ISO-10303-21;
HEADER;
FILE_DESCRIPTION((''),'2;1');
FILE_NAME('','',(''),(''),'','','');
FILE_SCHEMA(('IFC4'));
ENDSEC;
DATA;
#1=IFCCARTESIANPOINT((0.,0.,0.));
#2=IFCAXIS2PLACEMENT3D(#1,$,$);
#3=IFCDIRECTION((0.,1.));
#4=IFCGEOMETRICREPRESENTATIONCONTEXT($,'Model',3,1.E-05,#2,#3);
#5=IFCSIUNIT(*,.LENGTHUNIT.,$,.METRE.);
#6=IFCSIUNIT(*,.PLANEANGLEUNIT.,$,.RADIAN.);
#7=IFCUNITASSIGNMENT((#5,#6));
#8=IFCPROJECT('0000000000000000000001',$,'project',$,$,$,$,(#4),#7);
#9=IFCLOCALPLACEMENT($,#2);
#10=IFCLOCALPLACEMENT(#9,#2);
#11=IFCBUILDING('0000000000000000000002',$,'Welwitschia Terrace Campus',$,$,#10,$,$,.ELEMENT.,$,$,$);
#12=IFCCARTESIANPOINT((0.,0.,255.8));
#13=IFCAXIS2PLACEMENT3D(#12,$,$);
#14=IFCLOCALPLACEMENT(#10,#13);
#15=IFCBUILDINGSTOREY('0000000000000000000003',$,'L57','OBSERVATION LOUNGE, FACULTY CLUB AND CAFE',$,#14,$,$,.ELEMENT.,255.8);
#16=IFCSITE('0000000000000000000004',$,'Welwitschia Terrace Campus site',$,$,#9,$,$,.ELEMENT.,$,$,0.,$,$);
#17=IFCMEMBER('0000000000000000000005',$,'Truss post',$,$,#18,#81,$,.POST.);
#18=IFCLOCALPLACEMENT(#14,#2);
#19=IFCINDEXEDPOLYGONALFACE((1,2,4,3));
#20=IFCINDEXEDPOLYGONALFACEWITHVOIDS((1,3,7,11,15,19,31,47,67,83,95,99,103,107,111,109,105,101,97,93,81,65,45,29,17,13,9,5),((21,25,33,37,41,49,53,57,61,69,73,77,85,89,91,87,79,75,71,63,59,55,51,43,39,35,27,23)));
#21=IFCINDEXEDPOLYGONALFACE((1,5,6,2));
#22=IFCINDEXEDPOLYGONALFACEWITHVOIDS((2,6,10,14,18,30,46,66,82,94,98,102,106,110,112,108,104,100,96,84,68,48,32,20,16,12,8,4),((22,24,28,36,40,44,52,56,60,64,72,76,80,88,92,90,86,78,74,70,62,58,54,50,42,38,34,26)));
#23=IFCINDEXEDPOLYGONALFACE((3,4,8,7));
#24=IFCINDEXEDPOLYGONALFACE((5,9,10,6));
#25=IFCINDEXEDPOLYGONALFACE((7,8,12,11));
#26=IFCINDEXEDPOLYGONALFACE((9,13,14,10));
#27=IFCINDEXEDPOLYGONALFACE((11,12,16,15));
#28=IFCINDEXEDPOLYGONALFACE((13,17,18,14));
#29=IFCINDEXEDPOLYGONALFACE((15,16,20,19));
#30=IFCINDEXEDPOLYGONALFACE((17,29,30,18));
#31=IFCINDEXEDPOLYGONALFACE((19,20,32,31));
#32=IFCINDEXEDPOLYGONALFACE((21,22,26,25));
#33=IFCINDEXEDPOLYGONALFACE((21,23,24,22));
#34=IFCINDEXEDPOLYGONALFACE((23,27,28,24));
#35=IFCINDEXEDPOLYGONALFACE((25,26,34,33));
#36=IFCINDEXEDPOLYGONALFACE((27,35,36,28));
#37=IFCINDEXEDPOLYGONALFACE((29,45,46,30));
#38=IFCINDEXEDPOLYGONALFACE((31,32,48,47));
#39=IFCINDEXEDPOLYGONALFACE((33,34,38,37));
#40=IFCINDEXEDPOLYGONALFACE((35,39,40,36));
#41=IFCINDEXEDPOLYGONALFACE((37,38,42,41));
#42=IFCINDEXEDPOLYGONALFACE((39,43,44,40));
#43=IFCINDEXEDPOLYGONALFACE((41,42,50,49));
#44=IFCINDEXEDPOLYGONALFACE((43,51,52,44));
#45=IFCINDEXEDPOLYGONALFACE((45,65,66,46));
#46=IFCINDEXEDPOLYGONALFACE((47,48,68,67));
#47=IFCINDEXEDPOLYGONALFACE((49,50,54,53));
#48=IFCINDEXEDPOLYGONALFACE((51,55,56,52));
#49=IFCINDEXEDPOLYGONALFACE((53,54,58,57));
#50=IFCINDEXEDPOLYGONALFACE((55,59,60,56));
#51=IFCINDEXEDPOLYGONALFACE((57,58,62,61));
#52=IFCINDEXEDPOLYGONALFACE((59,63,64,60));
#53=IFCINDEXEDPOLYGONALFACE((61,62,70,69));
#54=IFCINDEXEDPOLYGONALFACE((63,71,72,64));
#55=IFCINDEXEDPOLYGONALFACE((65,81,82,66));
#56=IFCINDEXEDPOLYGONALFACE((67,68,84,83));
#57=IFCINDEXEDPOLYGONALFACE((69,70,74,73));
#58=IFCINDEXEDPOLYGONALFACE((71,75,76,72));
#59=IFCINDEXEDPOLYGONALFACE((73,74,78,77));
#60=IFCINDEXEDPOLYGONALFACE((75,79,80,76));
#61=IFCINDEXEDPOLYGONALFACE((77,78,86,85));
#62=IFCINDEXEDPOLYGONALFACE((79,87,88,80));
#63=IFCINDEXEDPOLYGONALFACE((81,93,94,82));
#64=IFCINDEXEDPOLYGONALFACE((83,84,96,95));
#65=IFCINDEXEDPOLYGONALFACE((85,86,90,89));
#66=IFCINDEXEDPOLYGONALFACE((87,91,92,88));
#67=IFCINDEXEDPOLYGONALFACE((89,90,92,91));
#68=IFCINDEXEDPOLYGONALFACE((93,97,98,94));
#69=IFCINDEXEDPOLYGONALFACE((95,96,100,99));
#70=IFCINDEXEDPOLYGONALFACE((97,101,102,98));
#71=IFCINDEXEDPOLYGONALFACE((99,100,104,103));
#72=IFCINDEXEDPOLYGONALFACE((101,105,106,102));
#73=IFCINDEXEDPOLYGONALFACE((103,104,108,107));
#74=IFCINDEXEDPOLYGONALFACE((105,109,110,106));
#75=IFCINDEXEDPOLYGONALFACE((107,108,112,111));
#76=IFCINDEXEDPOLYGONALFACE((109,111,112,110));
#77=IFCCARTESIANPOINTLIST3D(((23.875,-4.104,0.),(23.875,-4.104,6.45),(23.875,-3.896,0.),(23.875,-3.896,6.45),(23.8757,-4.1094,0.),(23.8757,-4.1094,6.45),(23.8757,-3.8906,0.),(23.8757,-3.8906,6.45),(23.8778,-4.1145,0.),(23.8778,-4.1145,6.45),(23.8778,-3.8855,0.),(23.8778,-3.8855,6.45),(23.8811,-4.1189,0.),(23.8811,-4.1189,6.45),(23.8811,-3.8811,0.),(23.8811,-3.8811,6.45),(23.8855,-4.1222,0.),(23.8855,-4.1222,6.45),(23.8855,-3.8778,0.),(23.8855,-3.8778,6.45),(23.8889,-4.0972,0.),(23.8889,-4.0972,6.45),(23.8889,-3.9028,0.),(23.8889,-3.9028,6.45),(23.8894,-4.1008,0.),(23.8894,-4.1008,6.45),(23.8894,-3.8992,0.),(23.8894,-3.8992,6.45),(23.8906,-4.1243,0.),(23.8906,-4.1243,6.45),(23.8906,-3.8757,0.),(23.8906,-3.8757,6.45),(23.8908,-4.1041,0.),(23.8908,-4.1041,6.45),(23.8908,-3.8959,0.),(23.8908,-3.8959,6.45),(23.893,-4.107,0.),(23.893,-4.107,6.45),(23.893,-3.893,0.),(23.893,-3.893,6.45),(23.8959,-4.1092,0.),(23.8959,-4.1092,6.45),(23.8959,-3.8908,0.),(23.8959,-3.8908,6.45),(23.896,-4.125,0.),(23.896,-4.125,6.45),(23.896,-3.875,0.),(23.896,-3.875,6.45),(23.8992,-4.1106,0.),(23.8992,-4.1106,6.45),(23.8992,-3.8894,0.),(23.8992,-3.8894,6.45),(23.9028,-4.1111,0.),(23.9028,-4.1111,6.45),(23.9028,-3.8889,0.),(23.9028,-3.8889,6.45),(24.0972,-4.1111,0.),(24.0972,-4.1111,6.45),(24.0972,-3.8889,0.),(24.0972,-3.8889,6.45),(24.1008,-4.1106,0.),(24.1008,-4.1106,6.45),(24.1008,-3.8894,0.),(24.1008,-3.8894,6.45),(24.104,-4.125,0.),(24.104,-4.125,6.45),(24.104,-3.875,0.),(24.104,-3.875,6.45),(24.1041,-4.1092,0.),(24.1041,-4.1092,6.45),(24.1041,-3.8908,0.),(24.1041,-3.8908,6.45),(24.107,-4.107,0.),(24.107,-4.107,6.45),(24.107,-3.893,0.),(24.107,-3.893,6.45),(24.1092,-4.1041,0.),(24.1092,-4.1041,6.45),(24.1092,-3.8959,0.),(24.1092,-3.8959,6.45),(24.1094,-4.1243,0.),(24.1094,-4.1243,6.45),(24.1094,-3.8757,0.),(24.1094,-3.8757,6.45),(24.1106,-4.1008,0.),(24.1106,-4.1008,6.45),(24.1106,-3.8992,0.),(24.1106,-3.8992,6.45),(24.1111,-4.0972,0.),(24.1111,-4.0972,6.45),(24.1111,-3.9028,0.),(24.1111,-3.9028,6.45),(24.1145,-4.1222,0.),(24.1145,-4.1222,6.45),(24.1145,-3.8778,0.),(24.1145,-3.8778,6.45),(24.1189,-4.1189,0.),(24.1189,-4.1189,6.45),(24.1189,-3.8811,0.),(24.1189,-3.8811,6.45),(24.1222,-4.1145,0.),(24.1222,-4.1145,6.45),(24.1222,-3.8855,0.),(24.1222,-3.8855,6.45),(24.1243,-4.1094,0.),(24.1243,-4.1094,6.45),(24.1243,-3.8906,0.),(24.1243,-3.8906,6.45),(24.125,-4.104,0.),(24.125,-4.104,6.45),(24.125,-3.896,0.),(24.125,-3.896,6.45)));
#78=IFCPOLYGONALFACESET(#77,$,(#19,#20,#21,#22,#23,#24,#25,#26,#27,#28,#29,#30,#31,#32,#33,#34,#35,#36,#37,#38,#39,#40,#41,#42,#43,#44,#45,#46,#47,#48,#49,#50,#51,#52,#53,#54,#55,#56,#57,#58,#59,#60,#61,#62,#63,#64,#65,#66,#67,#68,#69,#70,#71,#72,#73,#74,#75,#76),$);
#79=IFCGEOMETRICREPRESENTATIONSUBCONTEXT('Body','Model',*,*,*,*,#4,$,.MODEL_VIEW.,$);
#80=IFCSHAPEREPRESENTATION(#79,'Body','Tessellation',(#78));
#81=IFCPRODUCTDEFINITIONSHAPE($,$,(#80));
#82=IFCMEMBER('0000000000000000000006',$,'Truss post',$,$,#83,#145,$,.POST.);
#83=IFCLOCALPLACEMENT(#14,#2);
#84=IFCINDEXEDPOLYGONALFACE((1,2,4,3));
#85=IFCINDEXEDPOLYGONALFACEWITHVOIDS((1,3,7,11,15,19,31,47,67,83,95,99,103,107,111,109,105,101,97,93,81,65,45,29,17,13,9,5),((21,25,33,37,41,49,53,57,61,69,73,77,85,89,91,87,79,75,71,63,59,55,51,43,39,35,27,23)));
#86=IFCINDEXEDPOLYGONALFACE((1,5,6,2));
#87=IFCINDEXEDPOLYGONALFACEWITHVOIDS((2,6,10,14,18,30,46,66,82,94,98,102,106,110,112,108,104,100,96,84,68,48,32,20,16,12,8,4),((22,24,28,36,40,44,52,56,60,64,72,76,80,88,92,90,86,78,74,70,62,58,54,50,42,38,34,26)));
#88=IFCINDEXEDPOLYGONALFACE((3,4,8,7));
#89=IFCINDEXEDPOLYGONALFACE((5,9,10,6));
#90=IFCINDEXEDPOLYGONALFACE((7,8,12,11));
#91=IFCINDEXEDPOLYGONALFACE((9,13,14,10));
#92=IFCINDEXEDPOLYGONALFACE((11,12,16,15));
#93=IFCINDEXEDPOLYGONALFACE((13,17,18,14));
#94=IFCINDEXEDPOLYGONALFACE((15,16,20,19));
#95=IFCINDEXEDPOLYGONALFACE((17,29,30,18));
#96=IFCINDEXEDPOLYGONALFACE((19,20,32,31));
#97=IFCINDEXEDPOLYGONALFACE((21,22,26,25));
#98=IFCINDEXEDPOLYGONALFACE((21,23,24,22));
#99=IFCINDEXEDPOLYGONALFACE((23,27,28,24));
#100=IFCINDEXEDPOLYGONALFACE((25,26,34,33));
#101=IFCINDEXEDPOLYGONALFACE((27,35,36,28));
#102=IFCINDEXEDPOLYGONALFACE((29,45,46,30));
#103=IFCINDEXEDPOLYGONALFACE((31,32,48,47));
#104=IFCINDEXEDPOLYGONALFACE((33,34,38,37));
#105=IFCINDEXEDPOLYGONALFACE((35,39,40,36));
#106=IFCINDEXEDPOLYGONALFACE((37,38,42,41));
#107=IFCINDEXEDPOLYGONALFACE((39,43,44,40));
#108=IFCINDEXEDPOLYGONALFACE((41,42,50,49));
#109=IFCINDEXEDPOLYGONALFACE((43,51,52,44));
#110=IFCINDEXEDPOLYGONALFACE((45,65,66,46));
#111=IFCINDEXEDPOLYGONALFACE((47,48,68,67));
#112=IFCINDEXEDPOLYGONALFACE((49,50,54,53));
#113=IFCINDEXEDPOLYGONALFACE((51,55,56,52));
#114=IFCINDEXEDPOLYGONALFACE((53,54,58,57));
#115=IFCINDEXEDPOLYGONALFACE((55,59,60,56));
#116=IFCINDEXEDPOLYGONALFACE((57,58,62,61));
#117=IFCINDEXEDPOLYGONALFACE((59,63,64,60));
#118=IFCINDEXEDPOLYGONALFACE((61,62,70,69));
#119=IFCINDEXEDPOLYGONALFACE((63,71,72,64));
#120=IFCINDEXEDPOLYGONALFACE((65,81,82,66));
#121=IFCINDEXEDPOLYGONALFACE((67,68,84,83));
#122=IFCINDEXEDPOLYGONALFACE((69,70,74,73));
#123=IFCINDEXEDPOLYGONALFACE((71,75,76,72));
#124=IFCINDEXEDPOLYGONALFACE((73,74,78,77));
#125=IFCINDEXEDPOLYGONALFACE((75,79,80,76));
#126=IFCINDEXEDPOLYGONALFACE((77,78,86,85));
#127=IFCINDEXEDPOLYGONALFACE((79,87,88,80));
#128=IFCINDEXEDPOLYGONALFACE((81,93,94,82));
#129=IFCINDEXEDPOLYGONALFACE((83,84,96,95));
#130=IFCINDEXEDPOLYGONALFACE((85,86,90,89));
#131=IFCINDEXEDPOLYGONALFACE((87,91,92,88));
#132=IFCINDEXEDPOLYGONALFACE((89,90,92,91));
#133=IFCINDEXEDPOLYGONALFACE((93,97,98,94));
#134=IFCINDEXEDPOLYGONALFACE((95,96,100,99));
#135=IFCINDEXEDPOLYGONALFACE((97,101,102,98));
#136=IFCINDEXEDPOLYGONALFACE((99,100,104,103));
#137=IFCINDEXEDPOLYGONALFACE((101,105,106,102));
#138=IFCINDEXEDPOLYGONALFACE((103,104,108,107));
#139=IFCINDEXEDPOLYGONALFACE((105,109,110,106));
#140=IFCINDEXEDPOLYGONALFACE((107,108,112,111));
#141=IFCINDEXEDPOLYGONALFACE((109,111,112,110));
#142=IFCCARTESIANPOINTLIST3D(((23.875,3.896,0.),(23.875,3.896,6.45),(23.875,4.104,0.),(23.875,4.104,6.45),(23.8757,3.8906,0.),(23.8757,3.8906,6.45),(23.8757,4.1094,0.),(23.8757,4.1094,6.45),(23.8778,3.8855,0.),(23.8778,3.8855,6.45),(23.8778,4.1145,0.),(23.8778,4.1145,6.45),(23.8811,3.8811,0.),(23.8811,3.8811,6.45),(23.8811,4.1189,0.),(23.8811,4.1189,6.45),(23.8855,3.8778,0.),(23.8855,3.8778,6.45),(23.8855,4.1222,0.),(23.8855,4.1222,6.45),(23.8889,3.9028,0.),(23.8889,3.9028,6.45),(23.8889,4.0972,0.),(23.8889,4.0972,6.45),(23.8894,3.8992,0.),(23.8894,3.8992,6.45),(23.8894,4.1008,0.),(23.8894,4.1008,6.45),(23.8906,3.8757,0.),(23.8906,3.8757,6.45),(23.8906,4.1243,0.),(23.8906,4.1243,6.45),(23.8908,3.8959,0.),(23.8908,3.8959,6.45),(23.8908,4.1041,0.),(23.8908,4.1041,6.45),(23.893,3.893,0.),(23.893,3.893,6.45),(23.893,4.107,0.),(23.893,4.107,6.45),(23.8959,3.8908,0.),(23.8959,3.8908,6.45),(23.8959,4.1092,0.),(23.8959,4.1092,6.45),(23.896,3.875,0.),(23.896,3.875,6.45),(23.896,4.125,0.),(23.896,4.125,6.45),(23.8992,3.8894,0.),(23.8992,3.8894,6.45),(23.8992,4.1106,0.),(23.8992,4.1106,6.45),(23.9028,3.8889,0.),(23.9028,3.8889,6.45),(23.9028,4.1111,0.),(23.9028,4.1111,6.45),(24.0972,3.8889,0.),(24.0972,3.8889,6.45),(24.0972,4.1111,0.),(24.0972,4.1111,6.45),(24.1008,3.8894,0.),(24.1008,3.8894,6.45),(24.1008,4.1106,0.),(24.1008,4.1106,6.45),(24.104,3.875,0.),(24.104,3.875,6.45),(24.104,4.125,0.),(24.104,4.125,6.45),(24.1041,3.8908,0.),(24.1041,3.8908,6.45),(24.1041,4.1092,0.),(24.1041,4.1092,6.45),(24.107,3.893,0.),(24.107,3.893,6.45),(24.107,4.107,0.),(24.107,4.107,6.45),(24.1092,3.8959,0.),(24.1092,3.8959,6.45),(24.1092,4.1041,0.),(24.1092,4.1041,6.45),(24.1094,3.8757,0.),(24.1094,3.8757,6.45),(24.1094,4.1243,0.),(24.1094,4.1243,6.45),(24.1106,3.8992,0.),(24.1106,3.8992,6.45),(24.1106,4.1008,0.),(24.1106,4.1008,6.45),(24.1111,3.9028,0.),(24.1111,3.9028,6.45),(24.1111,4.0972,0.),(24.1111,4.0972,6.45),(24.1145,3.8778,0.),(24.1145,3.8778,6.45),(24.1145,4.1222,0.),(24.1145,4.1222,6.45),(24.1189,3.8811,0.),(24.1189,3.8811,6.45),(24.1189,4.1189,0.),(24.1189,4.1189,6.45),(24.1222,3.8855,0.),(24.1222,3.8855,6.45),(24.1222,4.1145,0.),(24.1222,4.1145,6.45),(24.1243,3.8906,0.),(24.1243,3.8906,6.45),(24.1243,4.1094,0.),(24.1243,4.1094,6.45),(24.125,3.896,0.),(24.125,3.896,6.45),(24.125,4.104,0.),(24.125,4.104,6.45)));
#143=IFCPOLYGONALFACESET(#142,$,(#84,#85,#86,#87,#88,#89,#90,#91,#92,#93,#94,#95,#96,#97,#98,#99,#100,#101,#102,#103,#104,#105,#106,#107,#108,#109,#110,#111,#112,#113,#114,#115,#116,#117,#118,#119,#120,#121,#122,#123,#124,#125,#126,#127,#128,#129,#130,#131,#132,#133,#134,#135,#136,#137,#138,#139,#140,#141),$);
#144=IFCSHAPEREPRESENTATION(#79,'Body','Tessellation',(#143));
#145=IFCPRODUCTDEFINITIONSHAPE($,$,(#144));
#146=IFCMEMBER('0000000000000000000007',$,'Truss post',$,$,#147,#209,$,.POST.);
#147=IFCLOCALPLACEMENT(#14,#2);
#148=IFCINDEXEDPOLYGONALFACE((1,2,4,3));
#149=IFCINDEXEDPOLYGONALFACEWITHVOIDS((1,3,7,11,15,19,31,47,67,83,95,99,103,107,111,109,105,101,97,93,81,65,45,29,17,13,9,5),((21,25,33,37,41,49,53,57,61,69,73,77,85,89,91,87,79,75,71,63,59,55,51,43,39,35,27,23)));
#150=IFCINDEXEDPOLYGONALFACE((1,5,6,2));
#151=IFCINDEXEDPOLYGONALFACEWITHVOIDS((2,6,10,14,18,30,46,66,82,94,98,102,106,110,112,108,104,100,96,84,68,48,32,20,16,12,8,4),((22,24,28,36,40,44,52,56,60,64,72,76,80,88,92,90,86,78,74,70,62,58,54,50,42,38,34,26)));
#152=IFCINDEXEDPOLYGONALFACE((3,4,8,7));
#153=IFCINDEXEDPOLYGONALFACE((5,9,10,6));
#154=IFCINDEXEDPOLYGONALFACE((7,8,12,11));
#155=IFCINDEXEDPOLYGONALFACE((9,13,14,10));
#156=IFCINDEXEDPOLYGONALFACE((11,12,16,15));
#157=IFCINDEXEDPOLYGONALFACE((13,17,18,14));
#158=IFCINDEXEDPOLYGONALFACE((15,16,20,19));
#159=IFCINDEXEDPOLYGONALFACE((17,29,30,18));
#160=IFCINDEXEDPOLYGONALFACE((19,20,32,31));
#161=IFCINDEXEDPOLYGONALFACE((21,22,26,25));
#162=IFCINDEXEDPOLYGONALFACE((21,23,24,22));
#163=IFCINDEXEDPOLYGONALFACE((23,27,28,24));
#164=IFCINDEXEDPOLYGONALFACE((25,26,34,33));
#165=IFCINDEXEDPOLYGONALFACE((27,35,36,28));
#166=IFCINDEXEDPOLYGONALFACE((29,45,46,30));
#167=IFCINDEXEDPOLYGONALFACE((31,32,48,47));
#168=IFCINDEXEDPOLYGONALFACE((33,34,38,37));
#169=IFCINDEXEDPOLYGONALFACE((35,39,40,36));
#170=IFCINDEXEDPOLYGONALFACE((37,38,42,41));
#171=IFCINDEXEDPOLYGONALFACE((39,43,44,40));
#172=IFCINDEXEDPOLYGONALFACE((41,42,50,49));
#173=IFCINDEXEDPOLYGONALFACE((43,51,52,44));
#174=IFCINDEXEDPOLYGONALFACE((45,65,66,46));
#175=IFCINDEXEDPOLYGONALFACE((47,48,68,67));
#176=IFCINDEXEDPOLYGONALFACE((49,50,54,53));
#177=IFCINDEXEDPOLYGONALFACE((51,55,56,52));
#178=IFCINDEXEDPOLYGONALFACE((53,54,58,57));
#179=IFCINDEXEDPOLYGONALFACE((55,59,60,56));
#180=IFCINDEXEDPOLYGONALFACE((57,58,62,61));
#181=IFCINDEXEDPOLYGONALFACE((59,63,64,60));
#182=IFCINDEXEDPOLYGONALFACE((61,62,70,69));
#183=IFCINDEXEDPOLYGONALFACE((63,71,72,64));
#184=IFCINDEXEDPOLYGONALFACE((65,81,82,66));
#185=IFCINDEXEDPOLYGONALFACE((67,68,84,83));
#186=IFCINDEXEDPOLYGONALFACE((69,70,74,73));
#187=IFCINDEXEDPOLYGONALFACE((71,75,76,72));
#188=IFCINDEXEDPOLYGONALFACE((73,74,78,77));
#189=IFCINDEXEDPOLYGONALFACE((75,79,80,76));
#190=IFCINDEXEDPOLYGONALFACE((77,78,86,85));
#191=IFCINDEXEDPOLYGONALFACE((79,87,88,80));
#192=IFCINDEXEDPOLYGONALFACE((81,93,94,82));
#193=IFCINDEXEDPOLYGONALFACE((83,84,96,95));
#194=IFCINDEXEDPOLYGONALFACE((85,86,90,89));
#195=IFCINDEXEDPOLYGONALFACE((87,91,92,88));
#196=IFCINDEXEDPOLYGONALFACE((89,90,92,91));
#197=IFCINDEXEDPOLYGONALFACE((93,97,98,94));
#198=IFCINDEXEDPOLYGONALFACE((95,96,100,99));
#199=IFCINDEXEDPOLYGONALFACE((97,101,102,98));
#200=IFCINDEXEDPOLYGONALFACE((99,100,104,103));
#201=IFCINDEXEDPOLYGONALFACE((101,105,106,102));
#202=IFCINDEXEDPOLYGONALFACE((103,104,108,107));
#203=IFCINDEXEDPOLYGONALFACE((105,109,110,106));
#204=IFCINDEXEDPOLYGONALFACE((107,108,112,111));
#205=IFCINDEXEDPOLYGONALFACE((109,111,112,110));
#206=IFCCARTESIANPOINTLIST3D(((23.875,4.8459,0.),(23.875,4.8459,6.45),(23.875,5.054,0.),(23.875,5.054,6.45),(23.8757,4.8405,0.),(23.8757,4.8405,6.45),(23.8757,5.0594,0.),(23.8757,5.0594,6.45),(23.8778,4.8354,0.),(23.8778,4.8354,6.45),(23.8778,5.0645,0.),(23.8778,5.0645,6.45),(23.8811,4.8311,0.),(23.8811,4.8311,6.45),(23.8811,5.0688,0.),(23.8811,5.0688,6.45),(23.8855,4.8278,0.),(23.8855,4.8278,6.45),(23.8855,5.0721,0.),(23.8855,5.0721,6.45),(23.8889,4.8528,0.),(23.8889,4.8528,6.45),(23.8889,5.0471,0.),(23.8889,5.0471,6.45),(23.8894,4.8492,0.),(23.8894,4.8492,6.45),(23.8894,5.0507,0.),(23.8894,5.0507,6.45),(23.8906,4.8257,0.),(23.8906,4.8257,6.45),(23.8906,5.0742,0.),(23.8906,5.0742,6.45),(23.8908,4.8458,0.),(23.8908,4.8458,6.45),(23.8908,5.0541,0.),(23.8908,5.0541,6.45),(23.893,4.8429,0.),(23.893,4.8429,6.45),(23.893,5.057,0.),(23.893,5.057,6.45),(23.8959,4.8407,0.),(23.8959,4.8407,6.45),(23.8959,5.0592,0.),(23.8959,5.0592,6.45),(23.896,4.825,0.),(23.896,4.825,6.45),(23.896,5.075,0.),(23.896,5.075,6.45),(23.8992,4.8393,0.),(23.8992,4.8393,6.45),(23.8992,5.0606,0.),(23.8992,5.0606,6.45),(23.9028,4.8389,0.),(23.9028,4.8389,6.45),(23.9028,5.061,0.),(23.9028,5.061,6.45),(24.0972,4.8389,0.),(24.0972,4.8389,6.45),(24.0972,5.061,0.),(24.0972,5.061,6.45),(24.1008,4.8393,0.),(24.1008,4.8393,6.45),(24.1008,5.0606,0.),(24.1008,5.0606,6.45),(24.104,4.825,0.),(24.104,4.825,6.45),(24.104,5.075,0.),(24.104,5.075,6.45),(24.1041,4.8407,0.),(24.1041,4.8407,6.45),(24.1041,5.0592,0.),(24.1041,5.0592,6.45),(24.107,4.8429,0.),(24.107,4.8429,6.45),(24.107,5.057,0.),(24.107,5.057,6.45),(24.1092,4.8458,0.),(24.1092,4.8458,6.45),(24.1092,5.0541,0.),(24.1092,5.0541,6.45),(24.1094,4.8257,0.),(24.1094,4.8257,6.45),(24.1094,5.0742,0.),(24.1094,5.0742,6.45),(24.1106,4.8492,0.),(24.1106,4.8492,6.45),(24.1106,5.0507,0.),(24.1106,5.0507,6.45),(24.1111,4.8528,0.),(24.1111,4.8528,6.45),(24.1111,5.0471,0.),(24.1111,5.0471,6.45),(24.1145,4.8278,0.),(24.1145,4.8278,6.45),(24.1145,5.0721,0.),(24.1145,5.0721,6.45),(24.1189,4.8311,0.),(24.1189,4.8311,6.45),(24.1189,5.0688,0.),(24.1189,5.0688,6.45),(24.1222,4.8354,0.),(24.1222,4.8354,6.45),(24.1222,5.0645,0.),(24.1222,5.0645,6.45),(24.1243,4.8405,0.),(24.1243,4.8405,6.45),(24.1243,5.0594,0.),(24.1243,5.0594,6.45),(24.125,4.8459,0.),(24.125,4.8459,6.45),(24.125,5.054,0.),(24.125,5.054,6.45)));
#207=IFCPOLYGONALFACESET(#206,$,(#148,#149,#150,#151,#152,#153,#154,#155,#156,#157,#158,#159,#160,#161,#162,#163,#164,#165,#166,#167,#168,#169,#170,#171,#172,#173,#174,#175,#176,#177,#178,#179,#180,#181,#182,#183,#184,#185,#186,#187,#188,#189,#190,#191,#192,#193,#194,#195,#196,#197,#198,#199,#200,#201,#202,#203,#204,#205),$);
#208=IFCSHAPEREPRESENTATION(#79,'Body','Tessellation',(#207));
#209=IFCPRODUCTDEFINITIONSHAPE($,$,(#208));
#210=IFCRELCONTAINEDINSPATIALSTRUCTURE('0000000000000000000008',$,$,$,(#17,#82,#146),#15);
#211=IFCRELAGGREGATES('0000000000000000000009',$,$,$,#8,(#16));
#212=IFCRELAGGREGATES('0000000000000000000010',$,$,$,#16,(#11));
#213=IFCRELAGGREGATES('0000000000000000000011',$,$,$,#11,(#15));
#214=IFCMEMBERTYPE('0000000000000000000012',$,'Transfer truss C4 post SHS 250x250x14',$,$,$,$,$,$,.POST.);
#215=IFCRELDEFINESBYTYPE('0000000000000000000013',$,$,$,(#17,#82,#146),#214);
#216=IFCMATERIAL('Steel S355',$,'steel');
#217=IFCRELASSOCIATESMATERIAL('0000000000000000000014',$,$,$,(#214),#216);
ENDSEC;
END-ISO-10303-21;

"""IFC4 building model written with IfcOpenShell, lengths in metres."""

from ifc_helpers import new_model, si_unit, direction, frame, origin, origin_2d, place, context, subcontext, project, spatial, hollow_rectangle, extrude, material, material_profile, profile_set, type_object, element, save


model = new_model("IFC4")

# Units and contexts
model_context = context("Model", 3, precision=1e-05, world=origin(), true_north=direction((0.0, 1.0)))
body_context = subcontext(model_context, "Body", "Model", "MODEL_VIEW")
ifc_project = project(units=[si_unit("LENGTHUNIT", "METRE"), si_unit("PLANEANGLEUNIT", "RADIAN")], contexts=[model_context])

# Site, building, storey
site_placement = place(None, origin())
site = spatial("IfcSite", under=ifc_project, at=site_placement, Name="Welwitschia Terrace Campus site", CompositionType="ELEMENT", RefElevation=0.0)
building_placement = place(site_placement, origin())
building = spatial("IfcBuilding", under=site, at=building_placement, Name="Welwitschia Terrace Campus", CompositionType="ELEMENT")
storey_placement = place(building_placement, frame((0.0, 0.0, 255.8)))
storey = spatial("IfcBuildingStorey", under=building, at=storey_placement, Name="L57", Description="OBSERVATION LOUNGE, FACULTY CLUB AND CAFE", CompositionType="ELEMENT", Elevation=255.8)

# Members
ifc_material_1 = material(Name="Steel S355", Category="steel")
ifc_material_profile_1 = material_profile(ifc_material_1, hollow_rectangle(XDim=0.25, YDim=0.25, WallThickness=0.0139, InnerFilletRadius=0.0139, OuterFilletRadius=0.021, at=origin_2d()))
ifc_profile_set_1 = profile_set([ifc_material_profile_1], Name="Steel S355")
member_type_1 = type_object("IfcMemberType", Name="Transfer truss C4 post SHS 250x250x14", PredefinedType="POST", material=ifc_profile_set_1)
for number, where, z_axis, x_axis, name in (
    (1, (24.0, -4.0, 0.0), (0.0, 0.0, 1.0), (1.0, 0.0, 0.0), "Truss post"),
    (2, (24.0, 4.0, 0.0), (0.0, 0.0, 1.0), (1.0, 0.0, 0.0), "Truss post"),
    (3, (24.0, 4.95, 0.0), (0.0, 0.0, 1.0), (1.0, 0.0, 0.0), "Truss post"),
):
    element("IfcMember", number, at=place(storey_placement, frame(where, z_axis=z_axis, x_axis=x_axis)), inside=storey, type_object=member_type_1, Name=name, PredefinedType="POST", context=body_context, shape_type="SweptSolid", body=[
        extrude(hollow_rectangle(XDim=0.25, YDim=0.25, WallThickness=0.0139, InnerFilletRadius=0.0139, OuterFilletRadius=0.021, at=origin_2d()), origin(), (0.0, 0.0, 1.0), 6.45),
    ])

save(model, "model.ifc")
